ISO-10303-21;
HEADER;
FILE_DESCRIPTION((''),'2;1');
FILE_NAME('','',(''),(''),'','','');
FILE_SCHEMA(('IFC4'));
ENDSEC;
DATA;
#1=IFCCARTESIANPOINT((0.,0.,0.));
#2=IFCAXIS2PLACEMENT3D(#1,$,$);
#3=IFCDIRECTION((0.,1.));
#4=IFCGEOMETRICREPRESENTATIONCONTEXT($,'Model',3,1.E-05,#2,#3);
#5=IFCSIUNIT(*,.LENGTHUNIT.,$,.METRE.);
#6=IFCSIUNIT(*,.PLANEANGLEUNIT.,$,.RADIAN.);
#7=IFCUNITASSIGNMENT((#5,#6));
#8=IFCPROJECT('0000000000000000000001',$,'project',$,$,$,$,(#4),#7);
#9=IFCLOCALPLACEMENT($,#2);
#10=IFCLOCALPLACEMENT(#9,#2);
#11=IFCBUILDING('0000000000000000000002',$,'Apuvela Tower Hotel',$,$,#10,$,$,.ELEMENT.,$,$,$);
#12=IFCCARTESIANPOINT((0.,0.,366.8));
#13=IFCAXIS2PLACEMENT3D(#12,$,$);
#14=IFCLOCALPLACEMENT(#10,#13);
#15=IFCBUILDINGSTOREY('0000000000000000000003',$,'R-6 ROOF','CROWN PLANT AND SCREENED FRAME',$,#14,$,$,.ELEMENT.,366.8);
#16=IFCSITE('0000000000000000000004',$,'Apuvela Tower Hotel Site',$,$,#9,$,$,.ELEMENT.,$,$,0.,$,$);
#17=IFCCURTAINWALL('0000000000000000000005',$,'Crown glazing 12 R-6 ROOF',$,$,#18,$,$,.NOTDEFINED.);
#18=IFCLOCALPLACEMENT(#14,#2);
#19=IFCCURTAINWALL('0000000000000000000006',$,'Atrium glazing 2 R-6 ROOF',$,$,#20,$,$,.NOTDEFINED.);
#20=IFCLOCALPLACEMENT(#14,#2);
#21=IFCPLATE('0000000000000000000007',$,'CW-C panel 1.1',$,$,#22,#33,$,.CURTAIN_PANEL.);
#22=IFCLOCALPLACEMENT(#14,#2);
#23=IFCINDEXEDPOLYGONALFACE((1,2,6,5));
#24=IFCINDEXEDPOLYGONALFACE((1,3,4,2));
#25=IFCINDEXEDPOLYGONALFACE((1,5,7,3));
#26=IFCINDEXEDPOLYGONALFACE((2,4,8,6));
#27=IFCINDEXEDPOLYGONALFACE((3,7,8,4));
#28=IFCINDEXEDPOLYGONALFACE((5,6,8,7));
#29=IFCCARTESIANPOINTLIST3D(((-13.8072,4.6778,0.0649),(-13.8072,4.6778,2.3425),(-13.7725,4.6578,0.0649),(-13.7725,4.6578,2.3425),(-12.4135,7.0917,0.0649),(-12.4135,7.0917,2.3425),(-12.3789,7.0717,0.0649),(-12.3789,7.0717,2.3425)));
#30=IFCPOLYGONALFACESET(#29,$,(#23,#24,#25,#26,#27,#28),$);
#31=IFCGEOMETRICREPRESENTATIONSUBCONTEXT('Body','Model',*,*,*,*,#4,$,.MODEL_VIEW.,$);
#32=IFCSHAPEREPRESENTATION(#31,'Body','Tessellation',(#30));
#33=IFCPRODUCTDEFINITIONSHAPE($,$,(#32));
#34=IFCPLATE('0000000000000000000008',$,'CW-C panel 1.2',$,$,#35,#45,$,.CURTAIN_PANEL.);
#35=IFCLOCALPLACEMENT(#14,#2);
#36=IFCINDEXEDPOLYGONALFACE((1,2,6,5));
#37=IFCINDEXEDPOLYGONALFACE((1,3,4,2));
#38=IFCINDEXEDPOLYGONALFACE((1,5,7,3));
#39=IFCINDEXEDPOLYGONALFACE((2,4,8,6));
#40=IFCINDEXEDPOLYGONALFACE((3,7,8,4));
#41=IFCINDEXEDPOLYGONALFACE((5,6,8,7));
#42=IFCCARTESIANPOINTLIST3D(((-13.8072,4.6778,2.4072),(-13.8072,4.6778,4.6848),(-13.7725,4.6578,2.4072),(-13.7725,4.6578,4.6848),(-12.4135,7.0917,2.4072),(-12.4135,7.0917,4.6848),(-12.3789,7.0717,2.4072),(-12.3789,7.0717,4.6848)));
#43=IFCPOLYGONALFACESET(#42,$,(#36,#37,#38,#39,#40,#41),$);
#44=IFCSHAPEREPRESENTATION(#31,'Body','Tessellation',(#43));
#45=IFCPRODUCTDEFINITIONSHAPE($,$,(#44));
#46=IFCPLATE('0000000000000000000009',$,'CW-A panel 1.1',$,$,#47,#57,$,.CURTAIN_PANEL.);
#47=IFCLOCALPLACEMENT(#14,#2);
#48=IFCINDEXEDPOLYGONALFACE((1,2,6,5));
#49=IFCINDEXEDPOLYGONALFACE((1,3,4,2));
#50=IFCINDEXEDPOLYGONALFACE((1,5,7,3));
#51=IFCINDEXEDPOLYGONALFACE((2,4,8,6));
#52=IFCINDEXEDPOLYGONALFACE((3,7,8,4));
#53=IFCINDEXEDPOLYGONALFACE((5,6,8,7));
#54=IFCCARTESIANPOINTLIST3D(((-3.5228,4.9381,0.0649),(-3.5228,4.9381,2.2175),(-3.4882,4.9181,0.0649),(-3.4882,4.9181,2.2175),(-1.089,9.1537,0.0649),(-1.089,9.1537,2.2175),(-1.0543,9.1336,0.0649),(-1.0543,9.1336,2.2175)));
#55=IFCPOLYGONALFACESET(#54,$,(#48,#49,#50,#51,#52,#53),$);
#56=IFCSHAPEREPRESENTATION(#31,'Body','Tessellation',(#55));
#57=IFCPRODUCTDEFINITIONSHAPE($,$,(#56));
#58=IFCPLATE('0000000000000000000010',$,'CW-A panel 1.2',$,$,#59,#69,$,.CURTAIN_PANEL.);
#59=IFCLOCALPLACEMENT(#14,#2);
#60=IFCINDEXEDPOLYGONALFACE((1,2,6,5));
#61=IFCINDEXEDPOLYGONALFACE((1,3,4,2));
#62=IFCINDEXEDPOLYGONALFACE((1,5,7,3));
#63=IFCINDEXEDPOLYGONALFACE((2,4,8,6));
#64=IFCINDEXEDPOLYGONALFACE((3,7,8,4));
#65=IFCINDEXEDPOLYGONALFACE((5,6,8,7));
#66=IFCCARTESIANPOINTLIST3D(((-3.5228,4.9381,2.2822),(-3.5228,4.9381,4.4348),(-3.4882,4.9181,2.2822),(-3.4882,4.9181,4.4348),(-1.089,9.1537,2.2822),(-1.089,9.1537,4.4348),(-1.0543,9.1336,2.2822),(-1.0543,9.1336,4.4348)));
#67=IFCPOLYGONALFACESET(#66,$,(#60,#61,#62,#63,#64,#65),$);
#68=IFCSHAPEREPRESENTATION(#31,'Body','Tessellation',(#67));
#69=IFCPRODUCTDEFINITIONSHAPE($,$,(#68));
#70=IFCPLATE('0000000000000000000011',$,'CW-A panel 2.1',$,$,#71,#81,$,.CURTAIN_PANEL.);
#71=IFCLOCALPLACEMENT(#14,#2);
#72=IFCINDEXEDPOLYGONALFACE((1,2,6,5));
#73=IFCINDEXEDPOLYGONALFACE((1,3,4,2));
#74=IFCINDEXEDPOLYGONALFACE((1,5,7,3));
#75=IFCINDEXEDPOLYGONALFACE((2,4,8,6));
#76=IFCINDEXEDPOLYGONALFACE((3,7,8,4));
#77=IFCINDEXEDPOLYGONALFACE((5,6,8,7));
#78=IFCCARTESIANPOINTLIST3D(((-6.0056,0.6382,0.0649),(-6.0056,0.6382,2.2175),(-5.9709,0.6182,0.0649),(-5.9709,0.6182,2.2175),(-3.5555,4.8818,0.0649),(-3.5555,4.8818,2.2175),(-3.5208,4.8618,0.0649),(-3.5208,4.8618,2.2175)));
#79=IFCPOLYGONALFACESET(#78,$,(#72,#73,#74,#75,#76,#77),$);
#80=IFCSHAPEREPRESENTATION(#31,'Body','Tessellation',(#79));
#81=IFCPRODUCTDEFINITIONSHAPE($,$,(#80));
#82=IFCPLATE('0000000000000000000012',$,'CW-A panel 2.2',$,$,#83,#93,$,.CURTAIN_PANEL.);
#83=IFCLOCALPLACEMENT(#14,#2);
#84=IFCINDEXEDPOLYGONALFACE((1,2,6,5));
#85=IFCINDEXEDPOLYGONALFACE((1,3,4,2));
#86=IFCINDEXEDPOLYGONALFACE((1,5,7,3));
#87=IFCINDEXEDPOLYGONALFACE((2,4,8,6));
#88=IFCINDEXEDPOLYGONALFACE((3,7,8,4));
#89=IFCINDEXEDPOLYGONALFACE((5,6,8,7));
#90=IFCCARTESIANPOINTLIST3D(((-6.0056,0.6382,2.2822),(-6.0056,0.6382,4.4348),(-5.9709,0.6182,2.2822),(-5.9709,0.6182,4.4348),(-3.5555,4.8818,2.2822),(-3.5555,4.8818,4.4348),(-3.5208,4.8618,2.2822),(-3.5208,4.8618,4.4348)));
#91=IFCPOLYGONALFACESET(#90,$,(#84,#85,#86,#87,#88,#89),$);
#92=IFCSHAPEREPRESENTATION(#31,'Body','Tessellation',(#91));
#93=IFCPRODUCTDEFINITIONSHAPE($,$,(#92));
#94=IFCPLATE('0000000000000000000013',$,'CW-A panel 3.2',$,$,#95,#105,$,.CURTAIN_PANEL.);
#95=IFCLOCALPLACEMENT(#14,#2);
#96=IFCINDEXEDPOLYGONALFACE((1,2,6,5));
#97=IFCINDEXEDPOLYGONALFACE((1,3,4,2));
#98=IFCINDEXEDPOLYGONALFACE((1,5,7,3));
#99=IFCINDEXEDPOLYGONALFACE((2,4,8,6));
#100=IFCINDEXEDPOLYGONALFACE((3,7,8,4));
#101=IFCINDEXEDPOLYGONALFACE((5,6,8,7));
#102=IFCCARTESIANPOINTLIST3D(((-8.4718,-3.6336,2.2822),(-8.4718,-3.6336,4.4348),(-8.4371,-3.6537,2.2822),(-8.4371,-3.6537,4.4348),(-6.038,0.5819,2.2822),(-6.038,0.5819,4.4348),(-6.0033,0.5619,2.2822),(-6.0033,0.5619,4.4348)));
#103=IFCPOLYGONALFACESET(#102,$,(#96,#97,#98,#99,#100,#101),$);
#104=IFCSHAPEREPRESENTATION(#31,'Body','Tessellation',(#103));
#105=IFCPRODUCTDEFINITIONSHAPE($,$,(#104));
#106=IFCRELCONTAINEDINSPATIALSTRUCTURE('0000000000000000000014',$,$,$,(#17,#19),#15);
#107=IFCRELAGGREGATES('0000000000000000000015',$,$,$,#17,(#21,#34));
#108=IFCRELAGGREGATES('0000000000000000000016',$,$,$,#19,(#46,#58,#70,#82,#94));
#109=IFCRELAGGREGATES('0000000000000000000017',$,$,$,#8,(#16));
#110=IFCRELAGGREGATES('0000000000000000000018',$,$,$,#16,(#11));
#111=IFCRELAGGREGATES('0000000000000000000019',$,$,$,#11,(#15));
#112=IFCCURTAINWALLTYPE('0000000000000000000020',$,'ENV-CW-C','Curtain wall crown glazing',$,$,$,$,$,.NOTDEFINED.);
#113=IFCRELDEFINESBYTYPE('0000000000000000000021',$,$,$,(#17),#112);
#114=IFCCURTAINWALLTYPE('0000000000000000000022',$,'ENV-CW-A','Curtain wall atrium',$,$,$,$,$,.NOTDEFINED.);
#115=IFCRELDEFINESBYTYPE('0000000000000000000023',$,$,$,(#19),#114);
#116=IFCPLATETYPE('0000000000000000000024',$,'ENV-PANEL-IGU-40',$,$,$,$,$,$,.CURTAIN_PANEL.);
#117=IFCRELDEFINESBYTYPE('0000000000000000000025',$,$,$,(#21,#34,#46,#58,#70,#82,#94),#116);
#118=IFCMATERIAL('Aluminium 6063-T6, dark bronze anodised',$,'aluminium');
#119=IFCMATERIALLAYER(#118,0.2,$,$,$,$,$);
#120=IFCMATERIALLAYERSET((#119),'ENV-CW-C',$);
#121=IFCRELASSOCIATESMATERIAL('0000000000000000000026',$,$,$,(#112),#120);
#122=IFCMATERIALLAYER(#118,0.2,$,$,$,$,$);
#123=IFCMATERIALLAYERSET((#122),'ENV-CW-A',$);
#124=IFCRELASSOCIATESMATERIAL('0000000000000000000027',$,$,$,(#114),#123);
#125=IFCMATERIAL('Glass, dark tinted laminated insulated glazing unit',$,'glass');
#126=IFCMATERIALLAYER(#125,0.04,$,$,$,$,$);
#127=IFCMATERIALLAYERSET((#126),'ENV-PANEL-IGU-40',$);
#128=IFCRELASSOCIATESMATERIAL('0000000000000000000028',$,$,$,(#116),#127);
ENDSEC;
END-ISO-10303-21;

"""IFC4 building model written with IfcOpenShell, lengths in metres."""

from ifc_helpers import new_model, si_unit, direction, frame, origin, origin_2d, place, context, subcontext, project, spatial, rectangle, extrude, material, layer, layer_set, type_object, element, aggregate, save


model = new_model("IFC4")

# Units and contexts
model_context = context("Model", 3, precision=1e-05, world=origin(), true_north=direction((0.0, 1.0)))
body_context = subcontext(model_context, "Body", "Model", "MODEL_VIEW")
ifc_project = project(units=[si_unit("LENGTHUNIT", "METRE"), si_unit("PLANEANGLEUNIT", "RADIAN")], contexts=[model_context])

# Site, building, storey
site_placement = place(None, origin())
site = spatial("IfcSite", under=ifc_project, at=site_placement, Name="Apuvela Tower Hotel Site", CompositionType="ELEMENT", RefElevation=0.0)
building_placement = place(site_placement, origin())
building = spatial("IfcBuilding", under=site, at=building_placement, Name="Apuvela Tower Hotel", CompositionType="ELEMENT")
storey_placement = place(building_placement, frame((0.0, 0.0, 366.8)))
storey = spatial("IfcBuildingStorey", under=building, at=storey_placement, Name="R-6 ROOF", Description="CROWN PLANT AND SCREENED FRAME", CompositionType="ELEMENT", Elevation=366.8)

# Curtain walls
ifc_material_1 = material(Name="Aluminium 6063-T6, dark bronze anodised", Category="aluminium")
ifc_layer_1 = layer(ifc_material_1, 0.2)
ifc_layer_set_1 = layer_set([ifc_layer_1], Name="ENV-CW-C")
curtain_wall_type_1 = type_object("IfcCurtainWallType", Name="ENV-CW-C", Description="Curtain wall crown glazing", PredefinedType="NOTDEFINED", material=ifc_layer_set_1)
curtain_wall_1_placement = place(storey_placement, origin())
curtain_wall_1 = element("IfcCurtainWall", 1, at=curtain_wall_1_placement, inside=storey, type_object=curtain_wall_type_1, Name="Crown glazing 12 R-6 ROOF", PredefinedType="NOTDEFINED")
ifc_layer_2 = layer(ifc_material_1, 0.2)
ifc_layer_set_2 = layer_set([ifc_layer_2], Name="ENV-CW-A")
curtain_wall_type_2 = type_object("IfcCurtainWallType", Name="ENV-CW-A", Description="Curtain wall atrium", PredefinedType="NOTDEFINED", material=ifc_layer_set_2)
curtain_wall_2_placement = place(storey_placement, origin())
curtain_wall_2 = element("IfcCurtainWall", 2, at=curtain_wall_2_placement, inside=storey, type_object=curtain_wall_type_2, Name="Atrium glazing 2 R-6 ROOF", PredefinedType="NOTDEFINED")

# Plates
ifc_material_2 = material(Name="Glass, dark tinted laminated insulated glazing unit", Category="glass")
ifc_layer_3 = layer(ifc_material_2, 0.04)
ifc_layer_set_3 = layer_set([ifc_layer_3], Name="ENV-PANEL-IGU-40")
plate_type_1 = type_object("IfcPlateType", Name="ENV-PANEL-IGU-40", PredefinedType="CURTAIN_PANEL", material=ifc_layer_set_3)
plate_1_placement = place(storey_placement, frame((-13.093, 5.8748, 0.0649), z_axis=(0.0, 0.0, 1.0), x_axis=(-0.499981, -0.866037, 0.0)))
plate_1 = element("IfcPlate", 3, at=plate_1_placement, type_object=plate_type_1, Name="CW-C panel 1.1", PredefinedType="CURTAIN_PANEL", context=body_context, shape_type="SweptSolid", body=[
    extrude(rectangle(XDim=2.7874, YDim=0.04, at=origin_2d()), origin(), (0.0, 0.0, 1.0), 2.2776),
])
plate_2_placement = place(storey_placement, frame((-13.093, 5.8748, 2.4072), z_axis=(0.0, 0.0, 1.0), x_axis=(-0.499981, -0.866037, 0.0)))
plate_2 = element("IfcPlate", 4, at=plate_2_placement, type_object=plate_type_1, Name="CW-C panel 1.2", PredefinedType="CURTAIN_PANEL", context=body_context, shape_type="SweptSolid", body=[
    extrude(rectangle(XDim=2.7874, YDim=0.04, at=origin_2d()), origin(), (0.0, 0.0, 1.0), 2.2776),
])
aggregate(curtain_wall_1, [plate_1, plate_2])
plate_3_placement = place(storey_placement, frame((-2.2886, 7.0359, 0.0649), z_axis=(0.0, 0.0, 1.0), x_axis=(-0.499999, -0.866026, 0.0)))
plate_3 = element("IfcPlate", 5, at=plate_3_placement, type_object=plate_type_1, Name="CW-A panel 1.1", PredefinedType="CURTAIN_PANEL", context=body_context, shape_type="SweptSolid", body=[
    extrude(rectangle(XDim=4.8677, YDim=0.04, at=origin_2d()), origin(), (0.0, 0.0, 1.0), 2.1526),
])
plate_4_placement = place(storey_placement, frame((-2.2886, 7.0359, 2.2822), z_axis=(0.0, 0.0, 1.0), x_axis=(-0.499999, -0.866026, 0.0)))
plate_4 = element("IfcPlate", 6, at=plate_4_placement, type_object=plate_type_1, Name="CW-A panel 1.2", PredefinedType="CURTAIN_PANEL", context=body_context, shape_type="SweptSolid", body=[
    extrude(rectangle(XDim=4.8677, YDim=0.04, at=origin_2d()), origin(), (0.0, 0.0, 1.0), 2.1526),
])
plate_5_placement = place(storey_placement, frame((-4.7632, 2.75, 0.0649), z_axis=(0.0, 0.0, 1.0), x_axis=(-0.499999, -0.866026, 0.0)))
plate_5 = element("IfcPlate", 7, at=plate_5_placement, type_object=plate_type_1, Name="CW-A panel 2.1", PredefinedType="CURTAIN_PANEL", context=body_context, shape_type="SweptSolid", body=[
    extrude(rectangle(XDim=4.9001, YDim=0.04, at=origin_2d()), origin(), (0.0, 0.0, 1.0), 2.1526),
])
plate_6_placement = place(storey_placement, frame((-4.7632, 2.75, 2.2822), z_axis=(0.0, 0.0, 1.0), x_axis=(-0.499999, -0.866026, 0.0)))
plate_6 = element("IfcPlate", 8, at=plate_6_placement, type_object=plate_type_1, Name="CW-A panel 2.2", PredefinedType="CURTAIN_PANEL", context=body_context, shape_type="SweptSolid", body=[
    extrude(rectangle(XDim=4.9001, YDim=0.04, at=origin_2d()), origin(), (0.0, 0.0, 1.0), 2.1526),
])
plate_7_placement = place(storey_placement, frame((-7.2375, -1.5359, 2.2822), z_axis=(0.0, 0.0, 1.0), x_axis=(-0.499999, -0.866026, 0.0)))
plate_7 = element("IfcPlate", 9, at=plate_7_placement, type_object=plate_type_1, Name="CW-A panel 3.2", PredefinedType="CURTAIN_PANEL", context=body_context, shape_type="SweptSolid", body=[
    extrude(rectangle(XDim=4.8677, YDim=0.04, at=origin_2d()), origin(), (0.0, 0.0, 1.0), 2.1526),
])
aggregate(curtain_wall_2, [plate_3, plate_4, plate_5, plate_6, plate_7])

save(model, "model.ifc")
